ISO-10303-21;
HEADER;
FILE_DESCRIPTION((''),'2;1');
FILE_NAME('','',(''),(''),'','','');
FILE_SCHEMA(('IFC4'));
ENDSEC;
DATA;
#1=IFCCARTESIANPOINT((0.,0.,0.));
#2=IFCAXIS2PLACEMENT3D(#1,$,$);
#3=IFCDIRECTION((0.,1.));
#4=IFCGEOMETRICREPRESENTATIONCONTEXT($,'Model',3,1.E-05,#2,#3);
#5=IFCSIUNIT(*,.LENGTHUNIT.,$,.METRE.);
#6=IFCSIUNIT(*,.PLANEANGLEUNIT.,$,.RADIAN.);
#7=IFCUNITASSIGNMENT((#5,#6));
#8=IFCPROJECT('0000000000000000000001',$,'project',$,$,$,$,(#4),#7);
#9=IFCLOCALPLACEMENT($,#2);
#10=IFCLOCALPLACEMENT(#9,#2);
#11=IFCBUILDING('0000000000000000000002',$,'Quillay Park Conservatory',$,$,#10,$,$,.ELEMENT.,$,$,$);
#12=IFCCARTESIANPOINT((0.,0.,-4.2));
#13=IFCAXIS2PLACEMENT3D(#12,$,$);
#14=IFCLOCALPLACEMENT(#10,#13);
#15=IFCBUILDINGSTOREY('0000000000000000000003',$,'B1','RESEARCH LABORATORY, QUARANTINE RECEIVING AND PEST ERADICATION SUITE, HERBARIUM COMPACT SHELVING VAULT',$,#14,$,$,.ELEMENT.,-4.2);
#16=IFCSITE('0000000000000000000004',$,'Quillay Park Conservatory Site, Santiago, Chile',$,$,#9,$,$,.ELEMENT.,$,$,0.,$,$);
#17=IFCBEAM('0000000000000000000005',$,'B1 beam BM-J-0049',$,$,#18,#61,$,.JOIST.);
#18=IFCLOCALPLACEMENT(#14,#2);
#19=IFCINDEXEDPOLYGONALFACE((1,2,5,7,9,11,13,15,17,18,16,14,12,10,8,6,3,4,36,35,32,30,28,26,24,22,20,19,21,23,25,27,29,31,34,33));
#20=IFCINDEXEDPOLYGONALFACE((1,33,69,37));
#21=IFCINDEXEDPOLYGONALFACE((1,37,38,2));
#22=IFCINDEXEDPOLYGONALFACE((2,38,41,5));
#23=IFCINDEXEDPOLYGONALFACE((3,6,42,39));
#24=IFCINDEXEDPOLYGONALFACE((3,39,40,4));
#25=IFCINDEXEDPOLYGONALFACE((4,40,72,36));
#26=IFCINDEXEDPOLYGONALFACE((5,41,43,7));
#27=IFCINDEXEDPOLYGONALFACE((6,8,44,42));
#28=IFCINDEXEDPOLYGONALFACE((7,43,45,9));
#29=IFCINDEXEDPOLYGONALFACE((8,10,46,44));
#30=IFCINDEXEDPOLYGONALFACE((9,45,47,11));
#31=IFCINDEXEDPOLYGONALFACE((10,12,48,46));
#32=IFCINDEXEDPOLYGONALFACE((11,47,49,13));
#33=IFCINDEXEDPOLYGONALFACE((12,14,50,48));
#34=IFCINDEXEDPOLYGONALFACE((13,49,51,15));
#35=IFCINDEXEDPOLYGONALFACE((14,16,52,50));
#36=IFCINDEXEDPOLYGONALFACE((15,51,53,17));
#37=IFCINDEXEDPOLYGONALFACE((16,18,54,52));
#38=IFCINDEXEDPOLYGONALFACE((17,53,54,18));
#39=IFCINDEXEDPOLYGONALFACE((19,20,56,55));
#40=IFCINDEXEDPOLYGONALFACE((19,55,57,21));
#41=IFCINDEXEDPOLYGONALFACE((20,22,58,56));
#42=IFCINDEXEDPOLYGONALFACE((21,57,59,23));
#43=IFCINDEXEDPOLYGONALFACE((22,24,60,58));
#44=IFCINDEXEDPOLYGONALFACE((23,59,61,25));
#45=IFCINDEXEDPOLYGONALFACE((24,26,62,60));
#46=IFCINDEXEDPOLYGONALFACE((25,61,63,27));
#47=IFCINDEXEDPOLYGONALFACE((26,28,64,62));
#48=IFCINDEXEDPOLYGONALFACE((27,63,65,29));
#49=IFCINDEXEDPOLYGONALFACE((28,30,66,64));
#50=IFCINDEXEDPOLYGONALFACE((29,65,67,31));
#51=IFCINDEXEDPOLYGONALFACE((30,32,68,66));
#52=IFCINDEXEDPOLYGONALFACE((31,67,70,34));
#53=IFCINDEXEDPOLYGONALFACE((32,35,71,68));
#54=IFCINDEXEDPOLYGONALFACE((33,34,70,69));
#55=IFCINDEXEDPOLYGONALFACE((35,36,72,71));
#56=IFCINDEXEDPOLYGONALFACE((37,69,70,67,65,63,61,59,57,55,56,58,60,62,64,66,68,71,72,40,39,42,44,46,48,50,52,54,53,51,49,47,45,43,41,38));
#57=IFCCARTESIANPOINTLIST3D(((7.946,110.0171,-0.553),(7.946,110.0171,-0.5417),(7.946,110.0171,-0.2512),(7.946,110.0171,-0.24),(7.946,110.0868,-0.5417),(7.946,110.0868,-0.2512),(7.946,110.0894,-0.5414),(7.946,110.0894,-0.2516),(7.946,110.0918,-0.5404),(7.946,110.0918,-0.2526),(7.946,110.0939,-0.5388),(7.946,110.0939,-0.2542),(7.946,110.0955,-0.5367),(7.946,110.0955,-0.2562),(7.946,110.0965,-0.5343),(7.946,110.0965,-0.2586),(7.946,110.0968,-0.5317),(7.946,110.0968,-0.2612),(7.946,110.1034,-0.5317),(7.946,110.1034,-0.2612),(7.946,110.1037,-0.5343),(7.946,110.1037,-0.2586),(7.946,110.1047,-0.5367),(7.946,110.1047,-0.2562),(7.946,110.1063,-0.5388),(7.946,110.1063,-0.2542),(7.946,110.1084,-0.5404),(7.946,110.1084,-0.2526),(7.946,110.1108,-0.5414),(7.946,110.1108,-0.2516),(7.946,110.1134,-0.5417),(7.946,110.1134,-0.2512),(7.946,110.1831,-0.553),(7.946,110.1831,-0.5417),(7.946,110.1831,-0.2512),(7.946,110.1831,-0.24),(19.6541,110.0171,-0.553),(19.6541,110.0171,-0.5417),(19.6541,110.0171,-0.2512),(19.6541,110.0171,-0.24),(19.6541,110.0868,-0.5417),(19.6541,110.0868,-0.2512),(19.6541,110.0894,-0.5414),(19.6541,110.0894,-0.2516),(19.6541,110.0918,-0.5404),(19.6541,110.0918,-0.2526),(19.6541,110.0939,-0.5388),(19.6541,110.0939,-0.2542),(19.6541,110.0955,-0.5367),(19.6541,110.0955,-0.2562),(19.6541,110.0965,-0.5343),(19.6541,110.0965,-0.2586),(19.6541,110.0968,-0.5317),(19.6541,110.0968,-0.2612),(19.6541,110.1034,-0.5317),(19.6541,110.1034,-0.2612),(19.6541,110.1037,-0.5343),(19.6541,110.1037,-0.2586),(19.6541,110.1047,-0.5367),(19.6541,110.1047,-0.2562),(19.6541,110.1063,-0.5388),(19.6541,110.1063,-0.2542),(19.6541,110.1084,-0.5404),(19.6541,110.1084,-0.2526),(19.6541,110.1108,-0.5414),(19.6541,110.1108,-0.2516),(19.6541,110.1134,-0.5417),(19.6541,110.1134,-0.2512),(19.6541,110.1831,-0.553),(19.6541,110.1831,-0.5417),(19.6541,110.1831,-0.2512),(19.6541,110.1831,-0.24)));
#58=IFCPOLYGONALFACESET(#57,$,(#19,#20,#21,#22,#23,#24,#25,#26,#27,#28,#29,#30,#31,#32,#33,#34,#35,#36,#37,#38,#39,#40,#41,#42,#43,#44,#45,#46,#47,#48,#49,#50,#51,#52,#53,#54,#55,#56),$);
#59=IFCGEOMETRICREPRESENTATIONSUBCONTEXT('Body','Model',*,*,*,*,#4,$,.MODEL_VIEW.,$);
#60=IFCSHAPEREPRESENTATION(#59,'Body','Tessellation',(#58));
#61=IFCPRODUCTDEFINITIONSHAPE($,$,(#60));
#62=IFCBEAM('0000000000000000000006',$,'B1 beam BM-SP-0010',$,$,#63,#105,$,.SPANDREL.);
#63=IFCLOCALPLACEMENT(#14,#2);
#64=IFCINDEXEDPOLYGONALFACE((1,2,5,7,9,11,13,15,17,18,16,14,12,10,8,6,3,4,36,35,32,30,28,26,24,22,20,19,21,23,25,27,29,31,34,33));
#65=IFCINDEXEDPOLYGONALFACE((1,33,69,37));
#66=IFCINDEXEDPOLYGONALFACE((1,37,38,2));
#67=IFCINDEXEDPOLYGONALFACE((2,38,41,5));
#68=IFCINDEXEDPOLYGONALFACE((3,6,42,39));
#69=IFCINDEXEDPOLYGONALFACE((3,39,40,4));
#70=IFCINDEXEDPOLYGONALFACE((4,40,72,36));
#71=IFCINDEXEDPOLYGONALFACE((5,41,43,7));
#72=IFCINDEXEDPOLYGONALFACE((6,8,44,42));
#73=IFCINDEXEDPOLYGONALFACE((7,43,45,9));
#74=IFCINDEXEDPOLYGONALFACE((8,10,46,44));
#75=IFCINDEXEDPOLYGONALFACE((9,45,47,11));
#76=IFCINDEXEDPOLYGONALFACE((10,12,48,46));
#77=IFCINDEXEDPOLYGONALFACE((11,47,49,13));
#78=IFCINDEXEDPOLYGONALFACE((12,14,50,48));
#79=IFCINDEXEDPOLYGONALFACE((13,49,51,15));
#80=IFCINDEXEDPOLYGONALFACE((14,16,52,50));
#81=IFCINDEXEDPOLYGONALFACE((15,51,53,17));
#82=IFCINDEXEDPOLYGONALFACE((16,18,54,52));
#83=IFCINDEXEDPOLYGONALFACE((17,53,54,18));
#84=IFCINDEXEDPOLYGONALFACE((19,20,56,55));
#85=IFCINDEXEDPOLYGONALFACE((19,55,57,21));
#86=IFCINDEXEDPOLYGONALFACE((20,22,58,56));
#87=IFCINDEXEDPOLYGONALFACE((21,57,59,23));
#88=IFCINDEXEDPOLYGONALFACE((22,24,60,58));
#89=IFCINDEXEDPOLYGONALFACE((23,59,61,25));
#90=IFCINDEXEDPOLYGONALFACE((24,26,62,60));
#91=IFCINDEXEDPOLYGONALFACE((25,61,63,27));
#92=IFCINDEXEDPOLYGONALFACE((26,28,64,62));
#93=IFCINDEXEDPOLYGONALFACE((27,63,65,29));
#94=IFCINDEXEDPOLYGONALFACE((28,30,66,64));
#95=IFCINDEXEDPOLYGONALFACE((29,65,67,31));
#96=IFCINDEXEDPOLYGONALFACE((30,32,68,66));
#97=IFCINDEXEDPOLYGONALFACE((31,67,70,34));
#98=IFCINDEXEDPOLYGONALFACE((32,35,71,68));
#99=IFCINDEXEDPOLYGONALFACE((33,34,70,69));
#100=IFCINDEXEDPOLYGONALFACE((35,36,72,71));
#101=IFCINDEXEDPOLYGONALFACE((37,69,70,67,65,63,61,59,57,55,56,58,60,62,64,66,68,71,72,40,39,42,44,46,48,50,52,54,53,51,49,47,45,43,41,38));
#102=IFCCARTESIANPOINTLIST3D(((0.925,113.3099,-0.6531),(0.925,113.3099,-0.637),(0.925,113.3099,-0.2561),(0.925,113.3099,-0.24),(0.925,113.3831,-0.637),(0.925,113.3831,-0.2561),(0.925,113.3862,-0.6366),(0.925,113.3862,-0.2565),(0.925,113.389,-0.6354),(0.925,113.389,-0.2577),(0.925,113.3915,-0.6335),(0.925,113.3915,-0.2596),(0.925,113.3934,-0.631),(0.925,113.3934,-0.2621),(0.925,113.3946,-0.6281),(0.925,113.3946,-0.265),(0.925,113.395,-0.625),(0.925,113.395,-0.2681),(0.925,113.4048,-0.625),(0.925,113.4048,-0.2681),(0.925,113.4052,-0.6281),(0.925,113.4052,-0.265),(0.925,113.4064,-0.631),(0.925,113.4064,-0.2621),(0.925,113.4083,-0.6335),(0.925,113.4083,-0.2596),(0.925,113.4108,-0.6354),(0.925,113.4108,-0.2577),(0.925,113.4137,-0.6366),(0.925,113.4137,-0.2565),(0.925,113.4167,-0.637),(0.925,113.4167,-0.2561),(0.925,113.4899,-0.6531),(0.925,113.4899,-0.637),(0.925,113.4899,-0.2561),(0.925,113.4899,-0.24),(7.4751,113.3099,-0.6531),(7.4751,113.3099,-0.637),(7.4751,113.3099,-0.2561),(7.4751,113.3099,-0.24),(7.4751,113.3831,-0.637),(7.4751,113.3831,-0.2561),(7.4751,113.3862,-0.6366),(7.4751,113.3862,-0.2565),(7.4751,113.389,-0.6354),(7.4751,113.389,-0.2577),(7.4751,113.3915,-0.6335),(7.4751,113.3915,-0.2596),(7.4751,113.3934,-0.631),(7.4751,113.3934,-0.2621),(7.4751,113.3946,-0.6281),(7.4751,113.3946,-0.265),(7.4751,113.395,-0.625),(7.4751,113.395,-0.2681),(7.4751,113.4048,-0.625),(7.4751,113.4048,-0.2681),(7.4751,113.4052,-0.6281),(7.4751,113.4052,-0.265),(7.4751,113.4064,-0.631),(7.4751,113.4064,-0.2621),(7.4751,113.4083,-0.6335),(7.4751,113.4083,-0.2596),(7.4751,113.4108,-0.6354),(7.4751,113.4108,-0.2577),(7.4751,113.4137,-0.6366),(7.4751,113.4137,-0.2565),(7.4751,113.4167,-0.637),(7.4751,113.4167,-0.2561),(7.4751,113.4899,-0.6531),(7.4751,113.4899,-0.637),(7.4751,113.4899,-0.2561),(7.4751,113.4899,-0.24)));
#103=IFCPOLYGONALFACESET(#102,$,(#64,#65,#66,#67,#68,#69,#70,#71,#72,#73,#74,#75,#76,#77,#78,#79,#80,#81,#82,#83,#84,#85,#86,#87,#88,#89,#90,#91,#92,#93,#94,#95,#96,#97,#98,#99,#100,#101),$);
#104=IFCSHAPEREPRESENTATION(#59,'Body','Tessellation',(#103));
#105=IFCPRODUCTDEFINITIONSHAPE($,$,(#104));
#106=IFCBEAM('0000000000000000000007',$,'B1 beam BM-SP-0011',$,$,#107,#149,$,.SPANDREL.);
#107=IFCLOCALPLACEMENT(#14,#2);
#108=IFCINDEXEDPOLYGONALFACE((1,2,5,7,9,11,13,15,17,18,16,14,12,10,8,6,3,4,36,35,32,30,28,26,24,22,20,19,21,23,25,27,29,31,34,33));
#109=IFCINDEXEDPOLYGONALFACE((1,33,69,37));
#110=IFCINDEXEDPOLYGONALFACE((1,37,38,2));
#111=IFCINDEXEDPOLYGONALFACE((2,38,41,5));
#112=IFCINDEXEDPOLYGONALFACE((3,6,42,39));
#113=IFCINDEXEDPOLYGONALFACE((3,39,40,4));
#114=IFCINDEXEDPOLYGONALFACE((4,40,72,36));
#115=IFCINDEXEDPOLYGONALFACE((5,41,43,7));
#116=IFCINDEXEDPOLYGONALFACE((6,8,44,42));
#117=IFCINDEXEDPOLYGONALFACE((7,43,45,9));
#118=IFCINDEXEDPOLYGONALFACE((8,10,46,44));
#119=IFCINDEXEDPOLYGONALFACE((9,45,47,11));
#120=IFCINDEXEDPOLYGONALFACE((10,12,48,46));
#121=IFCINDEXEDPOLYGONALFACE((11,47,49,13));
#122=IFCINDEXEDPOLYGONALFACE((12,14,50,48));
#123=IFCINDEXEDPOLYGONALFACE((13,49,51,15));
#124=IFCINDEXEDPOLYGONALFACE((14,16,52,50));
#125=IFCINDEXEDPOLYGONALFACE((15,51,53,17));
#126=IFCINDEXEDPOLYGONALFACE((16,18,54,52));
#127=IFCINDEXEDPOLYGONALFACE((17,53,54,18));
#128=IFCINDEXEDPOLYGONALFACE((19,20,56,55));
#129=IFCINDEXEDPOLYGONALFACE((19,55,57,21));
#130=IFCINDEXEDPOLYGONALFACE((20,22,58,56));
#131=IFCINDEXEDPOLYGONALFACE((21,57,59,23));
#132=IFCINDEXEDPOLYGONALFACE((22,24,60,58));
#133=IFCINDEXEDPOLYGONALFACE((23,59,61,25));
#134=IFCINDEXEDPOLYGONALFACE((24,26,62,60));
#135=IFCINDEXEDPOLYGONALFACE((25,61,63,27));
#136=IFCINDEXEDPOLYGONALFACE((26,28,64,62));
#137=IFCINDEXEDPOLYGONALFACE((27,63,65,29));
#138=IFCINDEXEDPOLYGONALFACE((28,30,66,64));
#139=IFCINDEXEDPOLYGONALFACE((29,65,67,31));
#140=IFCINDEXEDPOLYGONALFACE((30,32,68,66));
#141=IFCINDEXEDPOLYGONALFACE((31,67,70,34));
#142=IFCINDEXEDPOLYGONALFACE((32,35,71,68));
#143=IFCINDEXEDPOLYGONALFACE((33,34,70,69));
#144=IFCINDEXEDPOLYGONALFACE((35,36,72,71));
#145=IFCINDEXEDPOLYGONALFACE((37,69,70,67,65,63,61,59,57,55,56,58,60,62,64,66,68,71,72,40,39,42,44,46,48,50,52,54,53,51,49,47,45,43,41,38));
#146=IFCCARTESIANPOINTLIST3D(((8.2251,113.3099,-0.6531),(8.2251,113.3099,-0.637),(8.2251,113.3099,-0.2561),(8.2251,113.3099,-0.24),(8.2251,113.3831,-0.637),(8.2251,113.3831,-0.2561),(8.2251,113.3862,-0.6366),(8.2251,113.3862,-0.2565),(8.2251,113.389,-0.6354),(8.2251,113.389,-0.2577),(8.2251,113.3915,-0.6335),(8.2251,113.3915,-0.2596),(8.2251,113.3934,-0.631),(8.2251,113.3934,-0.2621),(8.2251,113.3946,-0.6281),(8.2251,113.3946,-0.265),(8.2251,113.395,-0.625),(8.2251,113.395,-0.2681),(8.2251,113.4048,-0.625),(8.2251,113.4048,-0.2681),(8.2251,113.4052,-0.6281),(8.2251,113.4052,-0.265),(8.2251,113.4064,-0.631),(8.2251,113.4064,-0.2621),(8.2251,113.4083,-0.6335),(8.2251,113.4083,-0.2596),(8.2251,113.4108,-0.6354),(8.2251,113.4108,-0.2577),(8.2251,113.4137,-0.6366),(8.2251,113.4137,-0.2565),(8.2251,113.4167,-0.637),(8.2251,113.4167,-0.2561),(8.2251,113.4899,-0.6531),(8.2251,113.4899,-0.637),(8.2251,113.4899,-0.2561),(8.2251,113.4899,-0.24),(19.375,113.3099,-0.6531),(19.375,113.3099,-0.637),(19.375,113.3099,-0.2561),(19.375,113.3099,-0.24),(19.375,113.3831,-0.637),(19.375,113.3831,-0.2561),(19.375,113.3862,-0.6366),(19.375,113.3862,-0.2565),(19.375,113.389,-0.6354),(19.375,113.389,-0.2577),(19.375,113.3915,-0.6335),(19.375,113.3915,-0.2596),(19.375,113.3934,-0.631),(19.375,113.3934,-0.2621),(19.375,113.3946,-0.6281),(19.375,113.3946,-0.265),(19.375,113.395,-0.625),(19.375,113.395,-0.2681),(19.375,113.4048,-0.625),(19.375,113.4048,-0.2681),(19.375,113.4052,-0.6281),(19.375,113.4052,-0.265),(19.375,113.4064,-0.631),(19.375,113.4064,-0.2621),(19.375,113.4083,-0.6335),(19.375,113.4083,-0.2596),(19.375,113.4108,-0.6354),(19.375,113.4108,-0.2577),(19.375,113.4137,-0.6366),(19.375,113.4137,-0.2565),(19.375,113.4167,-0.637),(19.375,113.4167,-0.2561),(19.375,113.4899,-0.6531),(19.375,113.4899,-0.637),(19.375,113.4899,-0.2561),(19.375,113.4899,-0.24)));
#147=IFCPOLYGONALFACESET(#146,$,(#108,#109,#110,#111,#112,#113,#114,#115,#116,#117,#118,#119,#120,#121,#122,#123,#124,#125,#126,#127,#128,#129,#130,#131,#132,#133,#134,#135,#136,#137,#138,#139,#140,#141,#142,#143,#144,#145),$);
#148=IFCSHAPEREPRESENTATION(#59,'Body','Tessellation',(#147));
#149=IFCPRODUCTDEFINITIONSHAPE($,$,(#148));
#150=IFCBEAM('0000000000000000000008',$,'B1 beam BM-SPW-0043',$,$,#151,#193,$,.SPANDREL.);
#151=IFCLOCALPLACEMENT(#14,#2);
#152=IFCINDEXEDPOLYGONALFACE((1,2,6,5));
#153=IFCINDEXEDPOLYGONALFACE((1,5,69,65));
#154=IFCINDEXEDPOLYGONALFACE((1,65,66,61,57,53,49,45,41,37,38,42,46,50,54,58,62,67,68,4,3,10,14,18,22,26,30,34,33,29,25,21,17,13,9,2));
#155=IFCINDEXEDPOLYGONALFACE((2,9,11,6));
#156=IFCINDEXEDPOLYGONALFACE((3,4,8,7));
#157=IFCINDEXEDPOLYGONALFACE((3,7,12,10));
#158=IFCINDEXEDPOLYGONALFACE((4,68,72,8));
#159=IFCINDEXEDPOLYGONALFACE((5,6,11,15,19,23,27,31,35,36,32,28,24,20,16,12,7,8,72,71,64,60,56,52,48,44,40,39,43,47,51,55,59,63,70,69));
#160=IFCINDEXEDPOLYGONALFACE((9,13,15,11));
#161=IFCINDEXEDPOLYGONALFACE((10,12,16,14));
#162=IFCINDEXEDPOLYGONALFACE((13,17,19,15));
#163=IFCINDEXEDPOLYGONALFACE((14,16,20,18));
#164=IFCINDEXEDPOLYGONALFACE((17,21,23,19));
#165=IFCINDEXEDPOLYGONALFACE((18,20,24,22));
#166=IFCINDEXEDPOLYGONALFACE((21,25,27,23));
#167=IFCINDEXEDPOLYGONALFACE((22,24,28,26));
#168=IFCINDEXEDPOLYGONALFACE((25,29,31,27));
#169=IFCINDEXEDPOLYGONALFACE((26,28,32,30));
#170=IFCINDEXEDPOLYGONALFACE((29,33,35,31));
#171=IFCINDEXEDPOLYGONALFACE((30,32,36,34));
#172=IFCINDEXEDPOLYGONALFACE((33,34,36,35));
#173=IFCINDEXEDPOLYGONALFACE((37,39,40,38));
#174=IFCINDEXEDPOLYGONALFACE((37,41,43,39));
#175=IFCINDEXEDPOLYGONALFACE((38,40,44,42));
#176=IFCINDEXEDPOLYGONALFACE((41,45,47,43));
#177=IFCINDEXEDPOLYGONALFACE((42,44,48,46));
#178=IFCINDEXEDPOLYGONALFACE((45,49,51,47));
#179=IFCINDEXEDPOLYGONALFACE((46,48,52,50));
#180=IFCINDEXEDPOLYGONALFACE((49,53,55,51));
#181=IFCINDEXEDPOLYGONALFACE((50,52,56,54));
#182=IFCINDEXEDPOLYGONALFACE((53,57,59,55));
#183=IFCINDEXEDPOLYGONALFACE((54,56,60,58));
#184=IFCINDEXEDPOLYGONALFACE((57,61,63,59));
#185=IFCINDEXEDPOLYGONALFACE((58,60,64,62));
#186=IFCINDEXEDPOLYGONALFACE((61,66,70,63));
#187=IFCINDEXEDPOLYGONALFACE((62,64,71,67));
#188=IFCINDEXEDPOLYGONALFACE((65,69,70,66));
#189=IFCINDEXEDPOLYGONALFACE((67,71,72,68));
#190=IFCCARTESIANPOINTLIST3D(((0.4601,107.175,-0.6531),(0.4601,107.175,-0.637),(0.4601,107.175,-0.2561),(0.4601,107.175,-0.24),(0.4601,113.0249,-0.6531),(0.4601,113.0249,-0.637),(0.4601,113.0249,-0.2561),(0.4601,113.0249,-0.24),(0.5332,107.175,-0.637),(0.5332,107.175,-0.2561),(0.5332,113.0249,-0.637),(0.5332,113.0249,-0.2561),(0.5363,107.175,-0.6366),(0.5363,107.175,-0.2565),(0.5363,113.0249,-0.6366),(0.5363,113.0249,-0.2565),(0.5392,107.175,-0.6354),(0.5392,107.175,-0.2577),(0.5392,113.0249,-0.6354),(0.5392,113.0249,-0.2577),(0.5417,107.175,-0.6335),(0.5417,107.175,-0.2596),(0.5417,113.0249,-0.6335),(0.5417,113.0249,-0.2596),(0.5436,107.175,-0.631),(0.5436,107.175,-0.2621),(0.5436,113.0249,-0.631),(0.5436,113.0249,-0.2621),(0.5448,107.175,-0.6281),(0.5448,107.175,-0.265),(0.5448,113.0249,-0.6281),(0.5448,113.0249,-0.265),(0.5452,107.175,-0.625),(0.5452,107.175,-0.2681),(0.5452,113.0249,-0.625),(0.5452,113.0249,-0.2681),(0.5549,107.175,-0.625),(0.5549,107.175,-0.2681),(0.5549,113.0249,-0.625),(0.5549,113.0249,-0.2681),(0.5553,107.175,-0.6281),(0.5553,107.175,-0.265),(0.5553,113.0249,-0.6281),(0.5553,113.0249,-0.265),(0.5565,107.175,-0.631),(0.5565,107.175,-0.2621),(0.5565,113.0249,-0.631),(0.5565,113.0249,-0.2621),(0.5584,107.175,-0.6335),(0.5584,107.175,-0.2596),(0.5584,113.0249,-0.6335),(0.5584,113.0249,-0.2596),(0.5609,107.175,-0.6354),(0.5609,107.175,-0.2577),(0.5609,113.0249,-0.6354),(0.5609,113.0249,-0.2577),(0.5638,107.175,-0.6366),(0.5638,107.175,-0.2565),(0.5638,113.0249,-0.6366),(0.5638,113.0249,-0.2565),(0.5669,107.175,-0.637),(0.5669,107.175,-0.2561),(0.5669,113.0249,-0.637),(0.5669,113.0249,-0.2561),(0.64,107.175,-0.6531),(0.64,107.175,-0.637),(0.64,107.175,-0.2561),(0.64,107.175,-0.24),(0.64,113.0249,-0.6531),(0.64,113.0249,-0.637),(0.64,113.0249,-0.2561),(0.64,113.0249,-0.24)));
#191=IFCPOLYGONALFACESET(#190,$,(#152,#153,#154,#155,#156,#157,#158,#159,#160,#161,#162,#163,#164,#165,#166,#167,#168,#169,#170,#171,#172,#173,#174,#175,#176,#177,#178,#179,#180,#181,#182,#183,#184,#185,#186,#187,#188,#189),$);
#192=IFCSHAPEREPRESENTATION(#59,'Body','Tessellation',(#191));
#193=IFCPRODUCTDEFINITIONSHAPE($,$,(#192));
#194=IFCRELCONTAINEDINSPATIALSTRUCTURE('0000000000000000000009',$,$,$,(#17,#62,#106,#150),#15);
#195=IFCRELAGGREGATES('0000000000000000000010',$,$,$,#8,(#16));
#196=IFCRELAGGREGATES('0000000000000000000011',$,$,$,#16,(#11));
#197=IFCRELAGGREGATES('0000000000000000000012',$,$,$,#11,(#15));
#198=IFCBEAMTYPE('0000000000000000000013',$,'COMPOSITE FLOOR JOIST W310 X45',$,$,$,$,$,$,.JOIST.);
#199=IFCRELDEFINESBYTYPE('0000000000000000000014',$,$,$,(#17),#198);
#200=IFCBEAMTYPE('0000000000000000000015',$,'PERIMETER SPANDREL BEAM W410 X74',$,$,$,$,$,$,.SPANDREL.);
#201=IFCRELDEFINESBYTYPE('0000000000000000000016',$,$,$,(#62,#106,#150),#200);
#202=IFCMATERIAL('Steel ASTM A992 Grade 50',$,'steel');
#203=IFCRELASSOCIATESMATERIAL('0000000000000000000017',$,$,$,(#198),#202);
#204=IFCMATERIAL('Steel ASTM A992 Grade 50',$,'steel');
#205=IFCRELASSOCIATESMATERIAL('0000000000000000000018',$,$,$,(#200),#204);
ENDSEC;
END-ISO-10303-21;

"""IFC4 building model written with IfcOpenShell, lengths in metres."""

from ifc_helpers import new_model, si_unit, direction, frame, origin, origin_2d, place, context, subcontext, project, spatial, i_section, extrude, material, material_profile, profile_set, type_object, element, save


model = new_model("IFC4")

# Units and contexts
model_context = context("Model", 3, precision=1e-05, world=origin(), true_north=direction((0.0, 1.0)))
body_context = subcontext(model_context, "Body", "Model", "MODEL_VIEW")
ifc_project = project(units=[si_unit("LENGTHUNIT", "METRE"), si_unit("PLANEANGLEUNIT", "RADIAN")], contexts=[model_context])

# Site, building, storey
site_placement = place(None, origin())
site = spatial("IfcSite", under=ifc_project, at=site_placement, Name="Quillay Park Conservatory Site, Santiago, Chile", CompositionType="ELEMENT", RefElevation=0.0)
building_placement = place(site_placement, origin())
building = spatial("IfcBuilding", under=site, at=building_placement, Name="Quillay Park Conservatory", CompositionType="ELEMENT")
storey_placement = place(building_placement, frame((0.0, 0.0, -4.2)))
storey = spatial("IfcBuildingStorey", under=building, at=storey_placement, Name="B1", Description="RESEARCH LABORATORY, QUARANTINE RECEIVING AND PEST ERADICATION SUITE, HERBARIUM COMPACT SHELVING VAULT", CompositionType="ELEMENT", Elevation=-4.2)

# Beams
ifc_material_1 = material(Name="Steel ASTM A992 Grade 50", Category="steel")
ifc_material_profile_1 = material_profile(ifc_material_1, i_section(OverallWidth=0.166, OverallDepth=0.313, WebThickness=0.0066, FlangeThickness=0.0112, FilletRadius=0.01, at=origin_2d()), Name="W310x45")
ifc_profile_set_1 = profile_set([ifc_material_profile_1], Name="Steel ASTM A992 Grade 50")
beam_type_1 = type_object("IfcBeamType", Name="COMPOSITE FLOOR JOIST W310 X45", PredefinedType="JOIST", material=ifc_profile_set_1)
beam_1_placement = place(storey_placement, frame((7.946, 110.1001, -0.3965), z_axis=(1.0, 0.0, 0.0), x_axis=(0.0, 1.0, 0.0)))
element("IfcBeam", 1, at=beam_1_placement, inside=storey, type_object=beam_type_1, Name="B1 beam BM-J-0049", PredefinedType="JOIST", context=body_context, shape_type="SweptSolid", body=[
    extrude(i_section(OverallWidth=0.166, OverallDepth=0.313, WebThickness=0.0066, FlangeThickness=0.0112, FilletRadius=0.01, at=origin_2d()), origin(), (0.0, 0.0, 1.0), 11.708),
])
ifc_material_2 = material(Name="Steel ASTM A992 Grade 50", Category="steel")
ifc_material_profile_2 = material_profile(ifc_material_2, i_section(OverallWidth=0.1799, OverallDepth=0.4131, WebThickness=0.0098, FlangeThickness=0.0161, FilletRadius=0.012, at=origin_2d()), Name="W410x74")
ifc_profile_set_2 = profile_set([ifc_material_profile_2], Name="Steel ASTM A992 Grade 50")
beam_type_2 = type_object("IfcBeamType", Name="PERIMETER SPANDREL BEAM W410 X74", PredefinedType="SPANDREL", material=ifc_profile_set_2)
beam_2_placement = place(storey_placement, frame((0.925, 113.3999, -0.4465), z_axis=(1.0, 0.0, 0.0), x_axis=(0.0, 1.0, 0.0)))
element("IfcBeam", 2, at=beam_2_placement, inside=storey, type_object=beam_type_2, Name="B1 beam BM-SP-0010", PredefinedType="SPANDREL", context=body_context, shape_type="SweptSolid", body=[
    extrude(i_section(OverallWidth=0.1799, OverallDepth=0.4131, WebThickness=0.0098, FlangeThickness=0.0161, FilletRadius=0.012, at=origin_2d()), origin(), (0.0, 0.0, 1.0), 6.55),
])
beam_3_placement = place(storey_placement, frame((8.2251, 113.3999, -0.4465), z_axis=(1.0, 0.0, 0.0), x_axis=(0.0, 1.0, 0.0)))
element("IfcBeam", 3, at=beam_3_placement, inside=storey, type_object=beam_type_2, Name="B1 beam BM-SP-0011", PredefinedType="SPANDREL", context=body_context, shape_type="SweptSolid", body=[
    extrude(i_section(OverallWidth=0.1799, OverallDepth=0.4131, WebThickness=0.0098, FlangeThickness=0.0161, FilletRadius=0.012, at=origin_2d()), origin(), (0.0, 0.0, 1.0), 11.1499),
])
beam_4_placement = place(storey_placement, frame((0.55, 107.175, -0.4465), z_axis=(0.0, 1.0, 0.0), x_axis=(-1.0, 0.0, 0.0)))
element("IfcBeam", 4, at=beam_4_placement, inside=storey, type_object=beam_type_2, Name="B1 beam BM-SPW-0043", PredefinedType="SPANDREL", context=body_context, shape_type="SweptSolid", body=[
    extrude(i_section(OverallWidth=0.1799, OverallDepth=0.4131, WebThickness=0.0098, FlangeThickness=0.0161, FilletRadius=0.012, at=origin_2d()), origin(), (0.0, 0.0, 1.0), 5.8499),
])

save(model, "model.ifc")
